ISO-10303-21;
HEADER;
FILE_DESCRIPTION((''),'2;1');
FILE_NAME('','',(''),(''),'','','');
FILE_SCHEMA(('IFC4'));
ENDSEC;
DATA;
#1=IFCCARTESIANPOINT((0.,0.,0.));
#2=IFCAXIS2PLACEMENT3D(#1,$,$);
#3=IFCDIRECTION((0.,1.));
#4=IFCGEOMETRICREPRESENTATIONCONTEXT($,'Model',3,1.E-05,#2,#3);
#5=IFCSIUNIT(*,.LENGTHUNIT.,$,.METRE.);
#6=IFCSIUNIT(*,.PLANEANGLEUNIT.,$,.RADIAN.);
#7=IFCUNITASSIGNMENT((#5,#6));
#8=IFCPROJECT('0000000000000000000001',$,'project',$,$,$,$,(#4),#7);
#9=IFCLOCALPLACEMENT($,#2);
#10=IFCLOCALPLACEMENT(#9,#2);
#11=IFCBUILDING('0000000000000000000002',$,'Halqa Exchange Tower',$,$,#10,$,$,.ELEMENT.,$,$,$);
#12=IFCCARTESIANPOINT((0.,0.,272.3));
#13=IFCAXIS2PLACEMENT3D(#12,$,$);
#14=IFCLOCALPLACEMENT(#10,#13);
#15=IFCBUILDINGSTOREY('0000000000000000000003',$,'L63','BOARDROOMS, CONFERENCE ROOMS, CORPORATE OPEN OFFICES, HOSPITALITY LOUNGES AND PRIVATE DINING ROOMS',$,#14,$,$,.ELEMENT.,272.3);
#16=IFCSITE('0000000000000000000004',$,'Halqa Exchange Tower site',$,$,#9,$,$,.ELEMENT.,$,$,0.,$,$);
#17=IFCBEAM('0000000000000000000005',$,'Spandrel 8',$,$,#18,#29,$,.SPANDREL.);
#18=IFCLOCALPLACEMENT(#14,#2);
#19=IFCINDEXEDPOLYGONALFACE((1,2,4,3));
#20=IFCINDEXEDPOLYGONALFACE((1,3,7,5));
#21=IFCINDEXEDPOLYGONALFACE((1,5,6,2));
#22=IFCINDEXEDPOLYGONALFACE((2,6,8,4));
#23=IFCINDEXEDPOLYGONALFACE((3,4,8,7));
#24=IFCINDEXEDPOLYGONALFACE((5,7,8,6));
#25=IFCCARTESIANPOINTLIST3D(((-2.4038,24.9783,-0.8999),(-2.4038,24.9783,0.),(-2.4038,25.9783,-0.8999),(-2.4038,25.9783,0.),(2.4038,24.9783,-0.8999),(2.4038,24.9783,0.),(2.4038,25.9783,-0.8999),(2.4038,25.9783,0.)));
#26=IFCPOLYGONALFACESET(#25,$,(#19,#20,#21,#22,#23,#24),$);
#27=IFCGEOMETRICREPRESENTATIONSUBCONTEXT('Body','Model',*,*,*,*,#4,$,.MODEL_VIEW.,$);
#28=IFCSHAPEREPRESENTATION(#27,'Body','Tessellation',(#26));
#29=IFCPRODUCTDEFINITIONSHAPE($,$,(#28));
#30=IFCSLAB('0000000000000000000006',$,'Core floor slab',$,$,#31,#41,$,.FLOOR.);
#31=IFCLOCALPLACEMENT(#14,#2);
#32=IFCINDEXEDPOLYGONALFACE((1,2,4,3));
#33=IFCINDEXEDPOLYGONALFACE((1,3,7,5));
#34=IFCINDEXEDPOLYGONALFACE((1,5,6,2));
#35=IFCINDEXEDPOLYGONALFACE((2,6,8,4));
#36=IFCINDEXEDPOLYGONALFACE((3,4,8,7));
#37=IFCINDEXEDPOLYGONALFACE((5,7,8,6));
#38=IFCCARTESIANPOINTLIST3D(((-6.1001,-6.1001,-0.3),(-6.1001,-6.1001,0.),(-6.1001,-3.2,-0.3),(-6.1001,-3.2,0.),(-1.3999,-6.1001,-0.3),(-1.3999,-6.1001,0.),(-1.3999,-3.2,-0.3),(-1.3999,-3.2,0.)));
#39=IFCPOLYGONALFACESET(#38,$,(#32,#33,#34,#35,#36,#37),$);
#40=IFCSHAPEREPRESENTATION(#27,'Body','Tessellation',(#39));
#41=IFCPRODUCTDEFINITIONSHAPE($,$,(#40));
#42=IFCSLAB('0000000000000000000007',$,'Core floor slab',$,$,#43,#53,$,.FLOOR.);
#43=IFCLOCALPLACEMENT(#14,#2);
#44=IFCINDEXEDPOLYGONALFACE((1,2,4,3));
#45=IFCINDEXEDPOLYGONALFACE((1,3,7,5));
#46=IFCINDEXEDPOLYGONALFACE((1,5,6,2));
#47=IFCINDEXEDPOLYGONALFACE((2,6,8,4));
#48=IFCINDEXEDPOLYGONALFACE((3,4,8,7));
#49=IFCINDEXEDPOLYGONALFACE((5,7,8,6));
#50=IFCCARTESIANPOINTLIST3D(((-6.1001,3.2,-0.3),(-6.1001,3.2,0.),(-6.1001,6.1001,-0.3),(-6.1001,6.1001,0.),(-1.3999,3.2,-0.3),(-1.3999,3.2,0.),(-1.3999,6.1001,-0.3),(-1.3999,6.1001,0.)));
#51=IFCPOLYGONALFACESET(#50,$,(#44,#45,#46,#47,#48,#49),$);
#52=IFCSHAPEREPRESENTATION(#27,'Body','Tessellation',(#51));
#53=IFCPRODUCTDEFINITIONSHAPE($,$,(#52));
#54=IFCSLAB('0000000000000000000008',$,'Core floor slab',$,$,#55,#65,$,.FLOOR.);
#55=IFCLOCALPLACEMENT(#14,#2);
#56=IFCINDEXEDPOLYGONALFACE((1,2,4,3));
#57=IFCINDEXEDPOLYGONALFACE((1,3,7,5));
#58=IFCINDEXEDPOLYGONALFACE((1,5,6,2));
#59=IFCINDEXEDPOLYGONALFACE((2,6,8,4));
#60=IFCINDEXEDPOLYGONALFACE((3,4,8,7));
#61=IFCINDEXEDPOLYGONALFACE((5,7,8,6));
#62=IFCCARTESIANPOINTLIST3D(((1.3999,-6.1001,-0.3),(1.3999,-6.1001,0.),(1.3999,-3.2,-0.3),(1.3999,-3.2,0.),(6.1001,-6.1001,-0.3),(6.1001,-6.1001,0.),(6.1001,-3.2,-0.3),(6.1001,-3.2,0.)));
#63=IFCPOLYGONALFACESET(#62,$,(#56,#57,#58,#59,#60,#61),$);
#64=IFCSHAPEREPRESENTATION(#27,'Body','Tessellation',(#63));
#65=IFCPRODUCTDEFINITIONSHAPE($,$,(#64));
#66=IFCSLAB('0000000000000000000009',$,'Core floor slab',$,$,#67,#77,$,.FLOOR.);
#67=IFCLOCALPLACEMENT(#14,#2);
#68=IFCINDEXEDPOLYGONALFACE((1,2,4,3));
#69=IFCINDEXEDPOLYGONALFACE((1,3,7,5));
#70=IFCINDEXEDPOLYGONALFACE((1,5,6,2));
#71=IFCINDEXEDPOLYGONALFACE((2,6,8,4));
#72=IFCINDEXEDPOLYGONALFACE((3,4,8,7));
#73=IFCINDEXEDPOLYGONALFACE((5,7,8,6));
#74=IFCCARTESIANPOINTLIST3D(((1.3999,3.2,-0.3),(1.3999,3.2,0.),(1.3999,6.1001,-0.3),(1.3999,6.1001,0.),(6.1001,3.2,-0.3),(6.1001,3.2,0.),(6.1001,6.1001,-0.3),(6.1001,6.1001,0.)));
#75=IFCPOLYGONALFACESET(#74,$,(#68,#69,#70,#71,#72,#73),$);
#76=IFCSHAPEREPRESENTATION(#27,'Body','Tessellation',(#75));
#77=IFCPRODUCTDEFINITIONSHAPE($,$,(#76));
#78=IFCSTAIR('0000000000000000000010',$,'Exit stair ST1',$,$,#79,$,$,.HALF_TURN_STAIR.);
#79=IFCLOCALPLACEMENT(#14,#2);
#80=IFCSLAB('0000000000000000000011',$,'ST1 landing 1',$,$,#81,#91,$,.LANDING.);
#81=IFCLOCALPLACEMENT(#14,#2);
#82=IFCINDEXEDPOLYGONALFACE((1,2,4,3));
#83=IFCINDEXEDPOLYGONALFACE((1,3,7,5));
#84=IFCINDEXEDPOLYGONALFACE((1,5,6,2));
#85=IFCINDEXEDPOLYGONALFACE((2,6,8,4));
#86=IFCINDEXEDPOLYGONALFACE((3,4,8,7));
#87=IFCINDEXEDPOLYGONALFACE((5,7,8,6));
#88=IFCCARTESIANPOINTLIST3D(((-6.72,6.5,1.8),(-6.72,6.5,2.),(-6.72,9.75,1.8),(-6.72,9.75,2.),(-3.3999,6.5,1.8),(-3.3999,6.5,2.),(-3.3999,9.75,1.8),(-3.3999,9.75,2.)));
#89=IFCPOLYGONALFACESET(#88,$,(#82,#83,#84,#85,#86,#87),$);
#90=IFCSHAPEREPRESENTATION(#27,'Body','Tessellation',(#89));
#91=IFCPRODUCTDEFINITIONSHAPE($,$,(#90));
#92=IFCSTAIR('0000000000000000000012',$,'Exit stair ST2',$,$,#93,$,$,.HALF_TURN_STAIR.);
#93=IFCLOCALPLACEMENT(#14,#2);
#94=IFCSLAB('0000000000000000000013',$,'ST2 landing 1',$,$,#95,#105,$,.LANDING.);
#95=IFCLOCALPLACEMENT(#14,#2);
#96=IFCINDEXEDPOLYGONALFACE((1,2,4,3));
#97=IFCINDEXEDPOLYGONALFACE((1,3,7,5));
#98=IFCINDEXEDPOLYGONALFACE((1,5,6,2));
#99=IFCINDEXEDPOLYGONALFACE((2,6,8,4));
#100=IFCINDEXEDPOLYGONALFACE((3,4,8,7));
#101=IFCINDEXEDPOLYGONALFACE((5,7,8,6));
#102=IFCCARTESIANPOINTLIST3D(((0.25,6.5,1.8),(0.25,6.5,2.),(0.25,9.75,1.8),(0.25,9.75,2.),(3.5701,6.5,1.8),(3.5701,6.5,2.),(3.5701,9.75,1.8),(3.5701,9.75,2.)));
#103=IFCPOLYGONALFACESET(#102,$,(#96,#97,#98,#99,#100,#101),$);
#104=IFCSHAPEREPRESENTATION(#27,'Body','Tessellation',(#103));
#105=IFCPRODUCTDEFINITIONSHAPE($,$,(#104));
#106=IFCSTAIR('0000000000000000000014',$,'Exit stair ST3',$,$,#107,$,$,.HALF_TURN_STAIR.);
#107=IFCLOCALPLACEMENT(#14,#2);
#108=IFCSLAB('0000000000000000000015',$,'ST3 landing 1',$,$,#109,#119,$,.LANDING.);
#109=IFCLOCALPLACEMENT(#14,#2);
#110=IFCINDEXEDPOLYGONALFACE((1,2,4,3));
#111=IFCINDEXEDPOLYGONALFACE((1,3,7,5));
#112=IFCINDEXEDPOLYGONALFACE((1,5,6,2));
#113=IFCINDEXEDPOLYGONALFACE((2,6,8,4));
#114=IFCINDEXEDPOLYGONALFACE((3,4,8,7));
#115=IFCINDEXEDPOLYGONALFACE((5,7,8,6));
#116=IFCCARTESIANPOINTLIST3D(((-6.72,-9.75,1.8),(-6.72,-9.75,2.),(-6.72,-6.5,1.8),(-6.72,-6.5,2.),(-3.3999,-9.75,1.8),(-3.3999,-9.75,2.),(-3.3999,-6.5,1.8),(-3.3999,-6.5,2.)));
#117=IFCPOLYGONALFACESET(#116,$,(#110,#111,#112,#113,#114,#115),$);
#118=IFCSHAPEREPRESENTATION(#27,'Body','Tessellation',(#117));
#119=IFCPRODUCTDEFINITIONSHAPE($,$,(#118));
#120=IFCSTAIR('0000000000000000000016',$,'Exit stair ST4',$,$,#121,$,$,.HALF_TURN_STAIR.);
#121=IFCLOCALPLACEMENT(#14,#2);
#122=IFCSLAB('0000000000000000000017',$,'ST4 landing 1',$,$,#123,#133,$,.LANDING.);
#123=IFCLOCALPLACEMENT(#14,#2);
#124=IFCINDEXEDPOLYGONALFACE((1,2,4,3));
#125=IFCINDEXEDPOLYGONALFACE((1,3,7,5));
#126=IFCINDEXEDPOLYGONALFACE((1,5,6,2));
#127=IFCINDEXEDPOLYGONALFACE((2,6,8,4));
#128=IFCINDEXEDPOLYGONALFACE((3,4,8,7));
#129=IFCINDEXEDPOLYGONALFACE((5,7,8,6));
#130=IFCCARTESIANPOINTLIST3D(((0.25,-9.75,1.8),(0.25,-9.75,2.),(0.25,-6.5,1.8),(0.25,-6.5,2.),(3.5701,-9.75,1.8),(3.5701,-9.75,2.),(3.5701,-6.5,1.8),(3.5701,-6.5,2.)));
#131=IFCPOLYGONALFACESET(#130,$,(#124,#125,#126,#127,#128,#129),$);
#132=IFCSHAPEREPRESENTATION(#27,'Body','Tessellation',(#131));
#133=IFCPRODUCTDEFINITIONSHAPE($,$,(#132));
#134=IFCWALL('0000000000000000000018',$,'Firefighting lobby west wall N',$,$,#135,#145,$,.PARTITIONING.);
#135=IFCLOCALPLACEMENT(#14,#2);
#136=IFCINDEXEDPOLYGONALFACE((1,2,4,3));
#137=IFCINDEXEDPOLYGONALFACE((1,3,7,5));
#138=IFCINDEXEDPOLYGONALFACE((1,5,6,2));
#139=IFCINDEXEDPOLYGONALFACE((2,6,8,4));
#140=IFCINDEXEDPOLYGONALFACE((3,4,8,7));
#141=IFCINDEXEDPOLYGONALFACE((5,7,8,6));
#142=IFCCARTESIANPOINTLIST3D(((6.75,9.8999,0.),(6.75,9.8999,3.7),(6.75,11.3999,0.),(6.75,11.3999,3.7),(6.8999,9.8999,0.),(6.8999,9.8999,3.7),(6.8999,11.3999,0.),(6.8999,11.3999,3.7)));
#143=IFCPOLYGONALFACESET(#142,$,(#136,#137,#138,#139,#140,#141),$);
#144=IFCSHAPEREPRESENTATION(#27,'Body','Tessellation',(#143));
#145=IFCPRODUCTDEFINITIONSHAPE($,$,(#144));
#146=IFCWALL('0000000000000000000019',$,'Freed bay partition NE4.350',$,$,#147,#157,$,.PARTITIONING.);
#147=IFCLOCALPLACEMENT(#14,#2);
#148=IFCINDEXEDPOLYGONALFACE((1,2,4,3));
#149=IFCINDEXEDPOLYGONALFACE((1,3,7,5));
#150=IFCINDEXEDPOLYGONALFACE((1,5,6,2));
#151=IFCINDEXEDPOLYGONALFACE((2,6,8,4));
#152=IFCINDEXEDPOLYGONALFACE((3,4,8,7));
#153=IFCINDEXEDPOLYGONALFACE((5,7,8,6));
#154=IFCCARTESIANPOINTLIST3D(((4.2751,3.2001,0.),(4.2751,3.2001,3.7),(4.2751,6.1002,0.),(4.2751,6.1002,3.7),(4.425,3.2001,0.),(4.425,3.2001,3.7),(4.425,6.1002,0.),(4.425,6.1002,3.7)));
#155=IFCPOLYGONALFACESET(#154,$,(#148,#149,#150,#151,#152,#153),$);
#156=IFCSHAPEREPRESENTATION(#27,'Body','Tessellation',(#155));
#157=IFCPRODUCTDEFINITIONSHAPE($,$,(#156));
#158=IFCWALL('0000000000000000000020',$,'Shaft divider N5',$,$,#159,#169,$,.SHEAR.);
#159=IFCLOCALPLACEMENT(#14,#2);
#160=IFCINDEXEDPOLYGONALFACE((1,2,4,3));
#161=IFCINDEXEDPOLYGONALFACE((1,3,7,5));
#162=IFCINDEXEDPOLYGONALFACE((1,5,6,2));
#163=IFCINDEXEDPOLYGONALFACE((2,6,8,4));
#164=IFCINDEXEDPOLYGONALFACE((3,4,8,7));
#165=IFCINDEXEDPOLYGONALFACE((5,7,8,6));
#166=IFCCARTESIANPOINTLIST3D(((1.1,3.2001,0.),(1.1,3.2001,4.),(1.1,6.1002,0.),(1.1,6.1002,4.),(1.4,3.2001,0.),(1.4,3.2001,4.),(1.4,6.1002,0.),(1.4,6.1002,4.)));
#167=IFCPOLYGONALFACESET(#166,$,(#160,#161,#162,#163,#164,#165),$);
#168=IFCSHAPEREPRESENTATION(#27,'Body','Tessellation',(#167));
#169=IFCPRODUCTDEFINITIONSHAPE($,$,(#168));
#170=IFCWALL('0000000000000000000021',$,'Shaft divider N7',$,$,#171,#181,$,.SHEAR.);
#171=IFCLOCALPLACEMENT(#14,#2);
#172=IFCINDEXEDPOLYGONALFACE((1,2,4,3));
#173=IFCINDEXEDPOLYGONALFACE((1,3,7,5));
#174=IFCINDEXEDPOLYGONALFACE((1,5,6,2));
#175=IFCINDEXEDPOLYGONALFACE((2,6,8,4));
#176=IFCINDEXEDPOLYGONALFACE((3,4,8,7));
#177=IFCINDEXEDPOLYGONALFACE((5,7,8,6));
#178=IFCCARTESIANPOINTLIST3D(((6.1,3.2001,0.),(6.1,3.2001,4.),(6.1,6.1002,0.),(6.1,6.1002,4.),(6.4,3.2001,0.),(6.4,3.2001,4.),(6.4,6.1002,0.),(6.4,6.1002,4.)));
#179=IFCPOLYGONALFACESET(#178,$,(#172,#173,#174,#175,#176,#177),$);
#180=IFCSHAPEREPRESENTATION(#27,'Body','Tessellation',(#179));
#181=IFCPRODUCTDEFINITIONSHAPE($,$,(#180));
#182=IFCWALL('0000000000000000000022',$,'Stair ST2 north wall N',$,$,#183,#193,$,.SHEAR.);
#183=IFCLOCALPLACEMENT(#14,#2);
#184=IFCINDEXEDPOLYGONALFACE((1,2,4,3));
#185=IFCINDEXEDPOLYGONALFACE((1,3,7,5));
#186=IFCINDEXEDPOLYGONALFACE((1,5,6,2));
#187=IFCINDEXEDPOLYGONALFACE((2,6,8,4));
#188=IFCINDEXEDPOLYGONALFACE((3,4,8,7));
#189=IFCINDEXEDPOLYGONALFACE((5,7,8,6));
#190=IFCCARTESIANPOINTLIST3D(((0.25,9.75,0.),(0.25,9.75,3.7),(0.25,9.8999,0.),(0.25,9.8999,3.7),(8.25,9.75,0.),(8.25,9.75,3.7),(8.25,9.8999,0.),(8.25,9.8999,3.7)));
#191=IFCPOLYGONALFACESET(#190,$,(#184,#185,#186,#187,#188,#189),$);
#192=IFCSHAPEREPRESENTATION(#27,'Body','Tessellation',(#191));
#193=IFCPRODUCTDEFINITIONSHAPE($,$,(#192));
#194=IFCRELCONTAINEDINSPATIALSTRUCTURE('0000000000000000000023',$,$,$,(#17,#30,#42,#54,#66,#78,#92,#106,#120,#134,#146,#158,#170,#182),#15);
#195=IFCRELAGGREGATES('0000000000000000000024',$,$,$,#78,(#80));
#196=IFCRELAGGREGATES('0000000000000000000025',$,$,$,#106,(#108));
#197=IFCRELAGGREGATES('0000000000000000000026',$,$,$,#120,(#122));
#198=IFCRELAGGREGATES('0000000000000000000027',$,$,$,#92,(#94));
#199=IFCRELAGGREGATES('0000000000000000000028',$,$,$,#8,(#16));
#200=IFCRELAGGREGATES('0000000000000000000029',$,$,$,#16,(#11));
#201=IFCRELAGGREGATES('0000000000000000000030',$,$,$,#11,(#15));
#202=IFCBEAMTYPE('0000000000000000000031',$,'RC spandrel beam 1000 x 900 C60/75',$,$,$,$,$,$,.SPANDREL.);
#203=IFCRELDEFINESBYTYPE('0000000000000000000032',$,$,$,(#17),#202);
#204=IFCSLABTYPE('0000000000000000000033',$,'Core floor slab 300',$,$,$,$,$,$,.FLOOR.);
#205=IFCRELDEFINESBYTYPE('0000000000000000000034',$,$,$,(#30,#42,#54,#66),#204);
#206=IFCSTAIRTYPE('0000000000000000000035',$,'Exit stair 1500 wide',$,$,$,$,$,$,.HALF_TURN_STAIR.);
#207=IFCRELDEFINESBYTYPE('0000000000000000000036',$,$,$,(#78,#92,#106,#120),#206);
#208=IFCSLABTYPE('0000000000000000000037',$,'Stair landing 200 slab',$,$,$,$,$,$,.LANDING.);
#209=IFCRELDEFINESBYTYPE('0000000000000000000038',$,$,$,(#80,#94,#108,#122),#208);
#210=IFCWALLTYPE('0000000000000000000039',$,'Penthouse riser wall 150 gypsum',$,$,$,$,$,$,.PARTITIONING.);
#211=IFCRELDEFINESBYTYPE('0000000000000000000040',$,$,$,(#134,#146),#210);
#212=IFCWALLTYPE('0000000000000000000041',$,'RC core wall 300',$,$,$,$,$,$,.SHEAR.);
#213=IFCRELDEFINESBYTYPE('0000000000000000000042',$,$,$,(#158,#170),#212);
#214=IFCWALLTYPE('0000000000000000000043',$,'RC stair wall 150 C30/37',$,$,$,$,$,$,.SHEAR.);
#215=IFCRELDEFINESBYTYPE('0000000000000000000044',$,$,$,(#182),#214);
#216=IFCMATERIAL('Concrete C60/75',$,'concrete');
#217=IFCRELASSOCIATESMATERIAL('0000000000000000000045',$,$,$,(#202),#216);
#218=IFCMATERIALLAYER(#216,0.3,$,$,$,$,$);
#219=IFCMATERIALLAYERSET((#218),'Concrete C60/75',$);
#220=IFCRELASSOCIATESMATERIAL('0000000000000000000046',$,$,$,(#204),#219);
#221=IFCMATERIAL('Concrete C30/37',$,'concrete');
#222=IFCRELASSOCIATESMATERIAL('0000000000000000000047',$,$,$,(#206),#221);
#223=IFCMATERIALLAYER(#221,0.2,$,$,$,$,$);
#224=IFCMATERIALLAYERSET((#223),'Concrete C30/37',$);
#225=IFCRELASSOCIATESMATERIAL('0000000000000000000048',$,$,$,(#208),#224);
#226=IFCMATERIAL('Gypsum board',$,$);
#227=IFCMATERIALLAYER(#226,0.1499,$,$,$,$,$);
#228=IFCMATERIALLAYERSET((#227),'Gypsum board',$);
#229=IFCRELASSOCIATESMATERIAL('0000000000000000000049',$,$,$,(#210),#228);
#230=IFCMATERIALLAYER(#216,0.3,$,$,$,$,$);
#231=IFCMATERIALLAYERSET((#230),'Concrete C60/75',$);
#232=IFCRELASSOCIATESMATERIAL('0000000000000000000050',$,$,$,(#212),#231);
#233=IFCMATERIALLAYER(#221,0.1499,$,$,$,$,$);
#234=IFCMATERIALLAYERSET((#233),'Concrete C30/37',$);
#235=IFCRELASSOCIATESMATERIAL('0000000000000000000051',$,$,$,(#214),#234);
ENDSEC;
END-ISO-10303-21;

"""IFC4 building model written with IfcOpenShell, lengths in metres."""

from ifc_helpers import new_model, si_unit, direction, frame, frame_2d, origin, origin_2d, place, context, subcontext, project, spatial, polyline, rectangle, outline, extrude, material, layer, layer_set, material_profile, profile_set, type_object, element, aggregate, save


model = new_model("IFC4")

# Units and contexts
model_context = context("Model", 3, precision=1e-05, world=origin(), true_north=direction((0.0, 1.0)))
body_context = subcontext(model_context, "Body", "Model", "MODEL_VIEW")
ifc_project = project(units=[si_unit("LENGTHUNIT", "METRE"), si_unit("PLANEANGLEUNIT", "RADIAN")], contexts=[model_context])

# Site, building, storey
site_placement = place(None, origin())
site = spatial("IfcSite", under=ifc_project, at=site_placement, Name="Halqa Exchange Tower site", CompositionType="ELEMENT", RefElevation=0.0)
building_placement = place(site_placement, origin())
building = spatial("IfcBuilding", under=site, at=building_placement, Name="Halqa Exchange Tower", CompositionType="ELEMENT")
storey_placement = place(building_placement, frame((0.0, 0.0, 272.3)))
storey = spatial("IfcBuildingStorey", under=building, at=storey_placement, Name="L63", Description="BOARDROOMS, CONFERENCE ROOMS, CORPORATE OPEN OFFICES, HOSPITALITY LOUNGES AND PRIVATE DINING ROOMS", CompositionType="ELEMENT", Elevation=272.3)

# Shared definitions
ifc_material_1 = material(Name="Concrete C60/75", Category="concrete")

# Beam
ifc_material_profile_1 = material_profile(ifc_material_1, rectangle(XDim=1.0, YDim=0.8999, at=origin_2d()), Name="1000 x 900")
ifc_profile_set_1 = profile_set([ifc_material_profile_1], Name="Concrete C60/75")
beam_type_1 = type_object("IfcBeamType", Name="RC spandrel beam 1000 x 900 C60/75", PredefinedType="SPANDREL", material=ifc_profile_set_1)
beam_1_placement = place(storey_placement, frame((2.4038, 25.4783, -0.45), z_axis=(-1.0, 0.0, 0.0), x_axis=(0.0, -1.0, 0.0)))
element("IfcBeam", 1, at=beam_1_placement, inside=storey, type_object=beam_type_1, Name="Spandrel 8", PredefinedType="SPANDREL", context=body_context, shape_type="SweptSolid", body=[
    extrude(rectangle(XDim=1.0, YDim=0.8999, at=origin_2d()), origin(), (0.0, 0.0, 1.0), 4.8076),
])

# Slabs
ifc_layer_1 = layer(ifc_material_1, 0.3)
ifc_layer_set_1 = layer_set([ifc_layer_1], Name="Concrete C60/75")
slab_type_1 = type_object("IfcSlabType", Name="Core floor slab 300", PredefinedType="FLOOR", material=ifc_layer_set_1)
slab_1_placement = place(storey_placement, frame((0.0, 0.0, -0.3)))
element("IfcSlab", 2, at=slab_1_placement, inside=storey, type_object=slab_type_1, Name="Core floor slab", PredefinedType="FLOOR", context=body_context, shape_type="SweptSolid", body=[
    extrude(outline(polyline([(-1.3999, -3.2), (-1.3999, -6.1001), (-6.1001, -6.1001), (-6.1001, -3.2), (-1.3999, -3.2)])), origin(), (0.0, 0.0, 1.0), 0.3),
])
slab_2_placement = place(storey_placement, frame((0.0, 0.0, -0.3)))
element("IfcSlab", 3, at=slab_2_placement, inside=storey, type_object=slab_type_1, Name="Core floor slab", PredefinedType="FLOOR", context=body_context, shape_type="SweptSolid", body=[
    extrude(outline(polyline([(-1.3999, 3.2), (-6.1001, 3.2), (-6.1001, 6.1001), (-1.3999, 6.1001), (-1.3999, 3.2)])), origin(), (0.0, 0.0, 1.0), 0.3),
])
slab_3_placement = place(storey_placement, frame((0.0, 0.0, -0.3)))
element("IfcSlab", 4, at=slab_3_placement, inside=storey, type_object=slab_type_1, Name="Core floor slab", PredefinedType="FLOOR", context=body_context, shape_type="SweptSolid", body=[
    extrude(outline(polyline([(6.1001, -3.2), (6.1001, -6.1001), (1.3999, -6.1001), (1.3999, -3.2), (6.1001, -3.2)])), origin(), (0.0, 0.0, 1.0), 0.3),
])
slab_4_placement = place(storey_placement, frame((0.0, 0.0, -0.3)))
element("IfcSlab", 5, at=slab_4_placement, inside=storey, type_object=slab_type_1, Name="Core floor slab", PredefinedType="FLOOR", context=body_context, shape_type="SweptSolid", body=[
    extrude(outline(polyline([(6.1001, 6.1001), (6.1001, 3.2), (1.3999, 3.2), (1.3999, 6.1001), (6.1001, 6.1001)])), origin(), (0.0, 0.0, 1.0), 0.3),
])

# Stairs, slabs
ifc_material_2 = material(Name="Concrete C30/37", Category="concrete")
stair_type = type_object("IfcStairType", Name="Exit stair 1500 wide", PredefinedType="HALF_TURN_STAIR", material=ifc_material_2)
stair_1_placement = place(storey_placement, origin())
stair_1 = element("IfcStair", 6, at=stair_1_placement, inside=storey, type_object=stair_type, Name="Exit stair ST1", PredefinedType="HALF_TURN_STAIR")
ifc_layer_2 = layer(ifc_material_2, 0.2)
ifc_layer_set_2 = layer_set([ifc_layer_2], Name="Concrete C30/37")
slab_type_2 = type_object("IfcSlabType", Name="Stair landing 200 slab", PredefinedType="LANDING", material=ifc_layer_set_2)
slab_5_placement = place(storey_placement, frame((0.0, 0.0, 1.8)))
slab_5 = element("IfcSlab", 7, at=slab_5_placement, type_object=slab_type_2, Name="ST1 landing 1", PredefinedType="LANDING", context=body_context, shape_type="SweptSolid", body=[
    extrude(outline(polyline([(-6.72, 6.5), (-3.3999, 6.5), (-3.3999, 9.75), (-6.72, 9.75), (-6.72, 6.5)])), origin(), (0.0, 0.0, 1.0), 0.2),
])
aggregate(stair_1, [slab_5])
stair_2_placement = place(storey_placement, origin())
stair_2 = element("IfcStair", 8, at=stair_2_placement, inside=storey, type_object=stair_type, Name="Exit stair ST2", PredefinedType="HALF_TURN_STAIR")
slab_6_placement = place(storey_placement, frame((0.0, 0.0, 1.8)))
slab_6 = element("IfcSlab", 9, at=slab_6_placement, type_object=slab_type_2, Name="ST2 landing 1", PredefinedType="LANDING", context=body_context, shape_type="SweptSolid", body=[
    extrude(outline(polyline([(0.25, 6.5), (3.5701, 6.5), (3.5701, 9.75), (0.25, 9.75), (0.25, 6.5)])), origin(), (0.0, 0.0, 1.0), 0.2),
])
stair_3_placement = place(storey_placement, origin())
stair_3 = element("IfcStair", 10, at=stair_3_placement, inside=storey, type_object=stair_type, Name="Exit stair ST3", PredefinedType="HALF_TURN_STAIR")
slab_7_placement = place(storey_placement, frame((0.0, 0.0, 1.8)))
slab_7 = element("IfcSlab", 11, at=slab_7_placement, type_object=slab_type_2, Name="ST3 landing 1", PredefinedType="LANDING", context=body_context, shape_type="SweptSolid", body=[
    extrude(outline(polyline([(-6.72, -9.75), (-3.3999, -9.75), (-3.3999, -6.5), (-6.72, -6.5), (-6.72, -9.75)])), origin(), (0.0, 0.0, 1.0), 0.2),
])
aggregate(stair_3, [slab_7])
stair_4_placement = place(storey_placement, origin())
stair_4 = element("IfcStair", 12, at=stair_4_placement, inside=storey, type_object=stair_type, Name="Exit stair ST4", PredefinedType="HALF_TURN_STAIR")
slab_8_placement = place(storey_placement, frame((0.0, 0.0, 1.8)))
slab_8 = element("IfcSlab", 13, at=slab_8_placement, type_object=slab_type_2, Name="ST4 landing 1", PredefinedType="LANDING", context=body_context, shape_type="SweptSolid", body=[
    extrude(outline(polyline([(0.25, -9.75), (3.5701, -9.75), (3.5701, -6.5), (0.25, -6.5), (0.25, -9.75)])), origin(), (0.0, 0.0, 1.0), 0.2),
])
aggregate(stair_4, [slab_8])

# Walls
ifc_material_3 = material(Name="Gypsum board")
ifc_layer_3 = layer(ifc_material_3, 0.1499)
ifc_layer_set_3 = layer_set([ifc_layer_3], Name="Gypsum board")
wall_type_1 = type_object("IfcWallType", Name="Penthouse riser wall 150 gypsum", PredefinedType="PARTITIONING", material=ifc_layer_set_3)
wall_1_placement = place(storey_placement, frame((6.825, 9.8999, 0.0), z_axis=(0.0, 0.0, 1.0), x_axis=(0.0, 1.0, 0.0)))
element("IfcWall", 14, at=wall_1_placement, inside=storey, type_object=wall_type_1, Name="Firefighting lobby west wall N", PredefinedType="PARTITIONING", context=body_context, shape_type="SweptSolid", body=[
    extrude(rectangle(XDim=1.5, YDim=0.1499, at=frame_2d((0.75, 0.0))), origin(), (0.0, 0.0, 1.0), 3.7),
])
wall_2_placement = place(storey_placement, frame((4.3501, 3.2, 0.0), z_axis=(0.0, 0.0, 1.0), x_axis=(0.0, 1.0, 0.0)))
element("IfcWall", 15, at=wall_2_placement, inside=storey, type_object=wall_type_1, Name="Freed bay partition NE4.350", PredefinedType="PARTITIONING", context=body_context, shape_type="SweptSolid", body=[
    extrude(rectangle(XDim=2.9001, YDim=0.1499, at=frame_2d((1.4502, 0.0))), origin(), (0.0, 0.0, 1.0), 3.7),
])
ifc_layer_4 = layer(ifc_material_1, 0.3)
ifc_layer_set_4 = layer_set([ifc_layer_4], Name="Concrete C60/75")
wall_type_2 = type_object("IfcWallType", Name="RC core wall 300", PredefinedType="SHEAR", material=ifc_layer_set_4)
for number, where, z_axis, x_axis, name in (
    (16, (1.25, 3.2, 0.0), (0.0, 0.0, 1.0), (0.0, 1.0, 0.0), "Shaft divider N5"),
    (17, (6.25, 3.2, 0.0), (0.0, 0.0, 1.0), (0.0, 1.0, 0.0), "Shaft divider N7"),
):
    element("IfcWall", number, at=place(storey_placement, frame(where, z_axis=z_axis, x_axis=x_axis)), inside=storey, type_object=wall_type_2, Name=name, PredefinedType="SHEAR", context=body_context, shape_type="SweptSolid", body=[
        extrude(rectangle(XDim=2.9001, YDim=0.3, at=frame_2d((1.4502, 0.0))), origin(), (0.0, 0.0, 1.0), 4.0),
    ])
ifc_layer_5 = layer(ifc_material_2, 0.1499)
ifc_layer_set_5 = layer_set([ifc_layer_5], Name="Concrete C30/37")
wall_type_3 = type_object("IfcWallType", Name="RC stair wall 150 C30/37", PredefinedType="SHEAR", material=ifc_layer_set_5)
wall_3_placement = place(storey_placement, frame((0.25, 9.825, 0.0), z_axis=(0.0, 0.0, 1.0), x_axis=(1.0, 0.0, 0.0)))
element("IfcWall", 18, at=wall_3_placement, inside=storey, type_object=wall_type_3, Name="Stair ST2 north wall N", PredefinedType="SHEAR", context=body_context, shape_type="SweptSolid", body=[
    extrude(rectangle(XDim=8.0, YDim=0.1499, at=frame_2d((4.0, 0.0))), origin(), (0.0, 0.0, 1.0), 3.7),
])

aggregate(stair_2, [slab_6])

save(model, "model.ifc")
